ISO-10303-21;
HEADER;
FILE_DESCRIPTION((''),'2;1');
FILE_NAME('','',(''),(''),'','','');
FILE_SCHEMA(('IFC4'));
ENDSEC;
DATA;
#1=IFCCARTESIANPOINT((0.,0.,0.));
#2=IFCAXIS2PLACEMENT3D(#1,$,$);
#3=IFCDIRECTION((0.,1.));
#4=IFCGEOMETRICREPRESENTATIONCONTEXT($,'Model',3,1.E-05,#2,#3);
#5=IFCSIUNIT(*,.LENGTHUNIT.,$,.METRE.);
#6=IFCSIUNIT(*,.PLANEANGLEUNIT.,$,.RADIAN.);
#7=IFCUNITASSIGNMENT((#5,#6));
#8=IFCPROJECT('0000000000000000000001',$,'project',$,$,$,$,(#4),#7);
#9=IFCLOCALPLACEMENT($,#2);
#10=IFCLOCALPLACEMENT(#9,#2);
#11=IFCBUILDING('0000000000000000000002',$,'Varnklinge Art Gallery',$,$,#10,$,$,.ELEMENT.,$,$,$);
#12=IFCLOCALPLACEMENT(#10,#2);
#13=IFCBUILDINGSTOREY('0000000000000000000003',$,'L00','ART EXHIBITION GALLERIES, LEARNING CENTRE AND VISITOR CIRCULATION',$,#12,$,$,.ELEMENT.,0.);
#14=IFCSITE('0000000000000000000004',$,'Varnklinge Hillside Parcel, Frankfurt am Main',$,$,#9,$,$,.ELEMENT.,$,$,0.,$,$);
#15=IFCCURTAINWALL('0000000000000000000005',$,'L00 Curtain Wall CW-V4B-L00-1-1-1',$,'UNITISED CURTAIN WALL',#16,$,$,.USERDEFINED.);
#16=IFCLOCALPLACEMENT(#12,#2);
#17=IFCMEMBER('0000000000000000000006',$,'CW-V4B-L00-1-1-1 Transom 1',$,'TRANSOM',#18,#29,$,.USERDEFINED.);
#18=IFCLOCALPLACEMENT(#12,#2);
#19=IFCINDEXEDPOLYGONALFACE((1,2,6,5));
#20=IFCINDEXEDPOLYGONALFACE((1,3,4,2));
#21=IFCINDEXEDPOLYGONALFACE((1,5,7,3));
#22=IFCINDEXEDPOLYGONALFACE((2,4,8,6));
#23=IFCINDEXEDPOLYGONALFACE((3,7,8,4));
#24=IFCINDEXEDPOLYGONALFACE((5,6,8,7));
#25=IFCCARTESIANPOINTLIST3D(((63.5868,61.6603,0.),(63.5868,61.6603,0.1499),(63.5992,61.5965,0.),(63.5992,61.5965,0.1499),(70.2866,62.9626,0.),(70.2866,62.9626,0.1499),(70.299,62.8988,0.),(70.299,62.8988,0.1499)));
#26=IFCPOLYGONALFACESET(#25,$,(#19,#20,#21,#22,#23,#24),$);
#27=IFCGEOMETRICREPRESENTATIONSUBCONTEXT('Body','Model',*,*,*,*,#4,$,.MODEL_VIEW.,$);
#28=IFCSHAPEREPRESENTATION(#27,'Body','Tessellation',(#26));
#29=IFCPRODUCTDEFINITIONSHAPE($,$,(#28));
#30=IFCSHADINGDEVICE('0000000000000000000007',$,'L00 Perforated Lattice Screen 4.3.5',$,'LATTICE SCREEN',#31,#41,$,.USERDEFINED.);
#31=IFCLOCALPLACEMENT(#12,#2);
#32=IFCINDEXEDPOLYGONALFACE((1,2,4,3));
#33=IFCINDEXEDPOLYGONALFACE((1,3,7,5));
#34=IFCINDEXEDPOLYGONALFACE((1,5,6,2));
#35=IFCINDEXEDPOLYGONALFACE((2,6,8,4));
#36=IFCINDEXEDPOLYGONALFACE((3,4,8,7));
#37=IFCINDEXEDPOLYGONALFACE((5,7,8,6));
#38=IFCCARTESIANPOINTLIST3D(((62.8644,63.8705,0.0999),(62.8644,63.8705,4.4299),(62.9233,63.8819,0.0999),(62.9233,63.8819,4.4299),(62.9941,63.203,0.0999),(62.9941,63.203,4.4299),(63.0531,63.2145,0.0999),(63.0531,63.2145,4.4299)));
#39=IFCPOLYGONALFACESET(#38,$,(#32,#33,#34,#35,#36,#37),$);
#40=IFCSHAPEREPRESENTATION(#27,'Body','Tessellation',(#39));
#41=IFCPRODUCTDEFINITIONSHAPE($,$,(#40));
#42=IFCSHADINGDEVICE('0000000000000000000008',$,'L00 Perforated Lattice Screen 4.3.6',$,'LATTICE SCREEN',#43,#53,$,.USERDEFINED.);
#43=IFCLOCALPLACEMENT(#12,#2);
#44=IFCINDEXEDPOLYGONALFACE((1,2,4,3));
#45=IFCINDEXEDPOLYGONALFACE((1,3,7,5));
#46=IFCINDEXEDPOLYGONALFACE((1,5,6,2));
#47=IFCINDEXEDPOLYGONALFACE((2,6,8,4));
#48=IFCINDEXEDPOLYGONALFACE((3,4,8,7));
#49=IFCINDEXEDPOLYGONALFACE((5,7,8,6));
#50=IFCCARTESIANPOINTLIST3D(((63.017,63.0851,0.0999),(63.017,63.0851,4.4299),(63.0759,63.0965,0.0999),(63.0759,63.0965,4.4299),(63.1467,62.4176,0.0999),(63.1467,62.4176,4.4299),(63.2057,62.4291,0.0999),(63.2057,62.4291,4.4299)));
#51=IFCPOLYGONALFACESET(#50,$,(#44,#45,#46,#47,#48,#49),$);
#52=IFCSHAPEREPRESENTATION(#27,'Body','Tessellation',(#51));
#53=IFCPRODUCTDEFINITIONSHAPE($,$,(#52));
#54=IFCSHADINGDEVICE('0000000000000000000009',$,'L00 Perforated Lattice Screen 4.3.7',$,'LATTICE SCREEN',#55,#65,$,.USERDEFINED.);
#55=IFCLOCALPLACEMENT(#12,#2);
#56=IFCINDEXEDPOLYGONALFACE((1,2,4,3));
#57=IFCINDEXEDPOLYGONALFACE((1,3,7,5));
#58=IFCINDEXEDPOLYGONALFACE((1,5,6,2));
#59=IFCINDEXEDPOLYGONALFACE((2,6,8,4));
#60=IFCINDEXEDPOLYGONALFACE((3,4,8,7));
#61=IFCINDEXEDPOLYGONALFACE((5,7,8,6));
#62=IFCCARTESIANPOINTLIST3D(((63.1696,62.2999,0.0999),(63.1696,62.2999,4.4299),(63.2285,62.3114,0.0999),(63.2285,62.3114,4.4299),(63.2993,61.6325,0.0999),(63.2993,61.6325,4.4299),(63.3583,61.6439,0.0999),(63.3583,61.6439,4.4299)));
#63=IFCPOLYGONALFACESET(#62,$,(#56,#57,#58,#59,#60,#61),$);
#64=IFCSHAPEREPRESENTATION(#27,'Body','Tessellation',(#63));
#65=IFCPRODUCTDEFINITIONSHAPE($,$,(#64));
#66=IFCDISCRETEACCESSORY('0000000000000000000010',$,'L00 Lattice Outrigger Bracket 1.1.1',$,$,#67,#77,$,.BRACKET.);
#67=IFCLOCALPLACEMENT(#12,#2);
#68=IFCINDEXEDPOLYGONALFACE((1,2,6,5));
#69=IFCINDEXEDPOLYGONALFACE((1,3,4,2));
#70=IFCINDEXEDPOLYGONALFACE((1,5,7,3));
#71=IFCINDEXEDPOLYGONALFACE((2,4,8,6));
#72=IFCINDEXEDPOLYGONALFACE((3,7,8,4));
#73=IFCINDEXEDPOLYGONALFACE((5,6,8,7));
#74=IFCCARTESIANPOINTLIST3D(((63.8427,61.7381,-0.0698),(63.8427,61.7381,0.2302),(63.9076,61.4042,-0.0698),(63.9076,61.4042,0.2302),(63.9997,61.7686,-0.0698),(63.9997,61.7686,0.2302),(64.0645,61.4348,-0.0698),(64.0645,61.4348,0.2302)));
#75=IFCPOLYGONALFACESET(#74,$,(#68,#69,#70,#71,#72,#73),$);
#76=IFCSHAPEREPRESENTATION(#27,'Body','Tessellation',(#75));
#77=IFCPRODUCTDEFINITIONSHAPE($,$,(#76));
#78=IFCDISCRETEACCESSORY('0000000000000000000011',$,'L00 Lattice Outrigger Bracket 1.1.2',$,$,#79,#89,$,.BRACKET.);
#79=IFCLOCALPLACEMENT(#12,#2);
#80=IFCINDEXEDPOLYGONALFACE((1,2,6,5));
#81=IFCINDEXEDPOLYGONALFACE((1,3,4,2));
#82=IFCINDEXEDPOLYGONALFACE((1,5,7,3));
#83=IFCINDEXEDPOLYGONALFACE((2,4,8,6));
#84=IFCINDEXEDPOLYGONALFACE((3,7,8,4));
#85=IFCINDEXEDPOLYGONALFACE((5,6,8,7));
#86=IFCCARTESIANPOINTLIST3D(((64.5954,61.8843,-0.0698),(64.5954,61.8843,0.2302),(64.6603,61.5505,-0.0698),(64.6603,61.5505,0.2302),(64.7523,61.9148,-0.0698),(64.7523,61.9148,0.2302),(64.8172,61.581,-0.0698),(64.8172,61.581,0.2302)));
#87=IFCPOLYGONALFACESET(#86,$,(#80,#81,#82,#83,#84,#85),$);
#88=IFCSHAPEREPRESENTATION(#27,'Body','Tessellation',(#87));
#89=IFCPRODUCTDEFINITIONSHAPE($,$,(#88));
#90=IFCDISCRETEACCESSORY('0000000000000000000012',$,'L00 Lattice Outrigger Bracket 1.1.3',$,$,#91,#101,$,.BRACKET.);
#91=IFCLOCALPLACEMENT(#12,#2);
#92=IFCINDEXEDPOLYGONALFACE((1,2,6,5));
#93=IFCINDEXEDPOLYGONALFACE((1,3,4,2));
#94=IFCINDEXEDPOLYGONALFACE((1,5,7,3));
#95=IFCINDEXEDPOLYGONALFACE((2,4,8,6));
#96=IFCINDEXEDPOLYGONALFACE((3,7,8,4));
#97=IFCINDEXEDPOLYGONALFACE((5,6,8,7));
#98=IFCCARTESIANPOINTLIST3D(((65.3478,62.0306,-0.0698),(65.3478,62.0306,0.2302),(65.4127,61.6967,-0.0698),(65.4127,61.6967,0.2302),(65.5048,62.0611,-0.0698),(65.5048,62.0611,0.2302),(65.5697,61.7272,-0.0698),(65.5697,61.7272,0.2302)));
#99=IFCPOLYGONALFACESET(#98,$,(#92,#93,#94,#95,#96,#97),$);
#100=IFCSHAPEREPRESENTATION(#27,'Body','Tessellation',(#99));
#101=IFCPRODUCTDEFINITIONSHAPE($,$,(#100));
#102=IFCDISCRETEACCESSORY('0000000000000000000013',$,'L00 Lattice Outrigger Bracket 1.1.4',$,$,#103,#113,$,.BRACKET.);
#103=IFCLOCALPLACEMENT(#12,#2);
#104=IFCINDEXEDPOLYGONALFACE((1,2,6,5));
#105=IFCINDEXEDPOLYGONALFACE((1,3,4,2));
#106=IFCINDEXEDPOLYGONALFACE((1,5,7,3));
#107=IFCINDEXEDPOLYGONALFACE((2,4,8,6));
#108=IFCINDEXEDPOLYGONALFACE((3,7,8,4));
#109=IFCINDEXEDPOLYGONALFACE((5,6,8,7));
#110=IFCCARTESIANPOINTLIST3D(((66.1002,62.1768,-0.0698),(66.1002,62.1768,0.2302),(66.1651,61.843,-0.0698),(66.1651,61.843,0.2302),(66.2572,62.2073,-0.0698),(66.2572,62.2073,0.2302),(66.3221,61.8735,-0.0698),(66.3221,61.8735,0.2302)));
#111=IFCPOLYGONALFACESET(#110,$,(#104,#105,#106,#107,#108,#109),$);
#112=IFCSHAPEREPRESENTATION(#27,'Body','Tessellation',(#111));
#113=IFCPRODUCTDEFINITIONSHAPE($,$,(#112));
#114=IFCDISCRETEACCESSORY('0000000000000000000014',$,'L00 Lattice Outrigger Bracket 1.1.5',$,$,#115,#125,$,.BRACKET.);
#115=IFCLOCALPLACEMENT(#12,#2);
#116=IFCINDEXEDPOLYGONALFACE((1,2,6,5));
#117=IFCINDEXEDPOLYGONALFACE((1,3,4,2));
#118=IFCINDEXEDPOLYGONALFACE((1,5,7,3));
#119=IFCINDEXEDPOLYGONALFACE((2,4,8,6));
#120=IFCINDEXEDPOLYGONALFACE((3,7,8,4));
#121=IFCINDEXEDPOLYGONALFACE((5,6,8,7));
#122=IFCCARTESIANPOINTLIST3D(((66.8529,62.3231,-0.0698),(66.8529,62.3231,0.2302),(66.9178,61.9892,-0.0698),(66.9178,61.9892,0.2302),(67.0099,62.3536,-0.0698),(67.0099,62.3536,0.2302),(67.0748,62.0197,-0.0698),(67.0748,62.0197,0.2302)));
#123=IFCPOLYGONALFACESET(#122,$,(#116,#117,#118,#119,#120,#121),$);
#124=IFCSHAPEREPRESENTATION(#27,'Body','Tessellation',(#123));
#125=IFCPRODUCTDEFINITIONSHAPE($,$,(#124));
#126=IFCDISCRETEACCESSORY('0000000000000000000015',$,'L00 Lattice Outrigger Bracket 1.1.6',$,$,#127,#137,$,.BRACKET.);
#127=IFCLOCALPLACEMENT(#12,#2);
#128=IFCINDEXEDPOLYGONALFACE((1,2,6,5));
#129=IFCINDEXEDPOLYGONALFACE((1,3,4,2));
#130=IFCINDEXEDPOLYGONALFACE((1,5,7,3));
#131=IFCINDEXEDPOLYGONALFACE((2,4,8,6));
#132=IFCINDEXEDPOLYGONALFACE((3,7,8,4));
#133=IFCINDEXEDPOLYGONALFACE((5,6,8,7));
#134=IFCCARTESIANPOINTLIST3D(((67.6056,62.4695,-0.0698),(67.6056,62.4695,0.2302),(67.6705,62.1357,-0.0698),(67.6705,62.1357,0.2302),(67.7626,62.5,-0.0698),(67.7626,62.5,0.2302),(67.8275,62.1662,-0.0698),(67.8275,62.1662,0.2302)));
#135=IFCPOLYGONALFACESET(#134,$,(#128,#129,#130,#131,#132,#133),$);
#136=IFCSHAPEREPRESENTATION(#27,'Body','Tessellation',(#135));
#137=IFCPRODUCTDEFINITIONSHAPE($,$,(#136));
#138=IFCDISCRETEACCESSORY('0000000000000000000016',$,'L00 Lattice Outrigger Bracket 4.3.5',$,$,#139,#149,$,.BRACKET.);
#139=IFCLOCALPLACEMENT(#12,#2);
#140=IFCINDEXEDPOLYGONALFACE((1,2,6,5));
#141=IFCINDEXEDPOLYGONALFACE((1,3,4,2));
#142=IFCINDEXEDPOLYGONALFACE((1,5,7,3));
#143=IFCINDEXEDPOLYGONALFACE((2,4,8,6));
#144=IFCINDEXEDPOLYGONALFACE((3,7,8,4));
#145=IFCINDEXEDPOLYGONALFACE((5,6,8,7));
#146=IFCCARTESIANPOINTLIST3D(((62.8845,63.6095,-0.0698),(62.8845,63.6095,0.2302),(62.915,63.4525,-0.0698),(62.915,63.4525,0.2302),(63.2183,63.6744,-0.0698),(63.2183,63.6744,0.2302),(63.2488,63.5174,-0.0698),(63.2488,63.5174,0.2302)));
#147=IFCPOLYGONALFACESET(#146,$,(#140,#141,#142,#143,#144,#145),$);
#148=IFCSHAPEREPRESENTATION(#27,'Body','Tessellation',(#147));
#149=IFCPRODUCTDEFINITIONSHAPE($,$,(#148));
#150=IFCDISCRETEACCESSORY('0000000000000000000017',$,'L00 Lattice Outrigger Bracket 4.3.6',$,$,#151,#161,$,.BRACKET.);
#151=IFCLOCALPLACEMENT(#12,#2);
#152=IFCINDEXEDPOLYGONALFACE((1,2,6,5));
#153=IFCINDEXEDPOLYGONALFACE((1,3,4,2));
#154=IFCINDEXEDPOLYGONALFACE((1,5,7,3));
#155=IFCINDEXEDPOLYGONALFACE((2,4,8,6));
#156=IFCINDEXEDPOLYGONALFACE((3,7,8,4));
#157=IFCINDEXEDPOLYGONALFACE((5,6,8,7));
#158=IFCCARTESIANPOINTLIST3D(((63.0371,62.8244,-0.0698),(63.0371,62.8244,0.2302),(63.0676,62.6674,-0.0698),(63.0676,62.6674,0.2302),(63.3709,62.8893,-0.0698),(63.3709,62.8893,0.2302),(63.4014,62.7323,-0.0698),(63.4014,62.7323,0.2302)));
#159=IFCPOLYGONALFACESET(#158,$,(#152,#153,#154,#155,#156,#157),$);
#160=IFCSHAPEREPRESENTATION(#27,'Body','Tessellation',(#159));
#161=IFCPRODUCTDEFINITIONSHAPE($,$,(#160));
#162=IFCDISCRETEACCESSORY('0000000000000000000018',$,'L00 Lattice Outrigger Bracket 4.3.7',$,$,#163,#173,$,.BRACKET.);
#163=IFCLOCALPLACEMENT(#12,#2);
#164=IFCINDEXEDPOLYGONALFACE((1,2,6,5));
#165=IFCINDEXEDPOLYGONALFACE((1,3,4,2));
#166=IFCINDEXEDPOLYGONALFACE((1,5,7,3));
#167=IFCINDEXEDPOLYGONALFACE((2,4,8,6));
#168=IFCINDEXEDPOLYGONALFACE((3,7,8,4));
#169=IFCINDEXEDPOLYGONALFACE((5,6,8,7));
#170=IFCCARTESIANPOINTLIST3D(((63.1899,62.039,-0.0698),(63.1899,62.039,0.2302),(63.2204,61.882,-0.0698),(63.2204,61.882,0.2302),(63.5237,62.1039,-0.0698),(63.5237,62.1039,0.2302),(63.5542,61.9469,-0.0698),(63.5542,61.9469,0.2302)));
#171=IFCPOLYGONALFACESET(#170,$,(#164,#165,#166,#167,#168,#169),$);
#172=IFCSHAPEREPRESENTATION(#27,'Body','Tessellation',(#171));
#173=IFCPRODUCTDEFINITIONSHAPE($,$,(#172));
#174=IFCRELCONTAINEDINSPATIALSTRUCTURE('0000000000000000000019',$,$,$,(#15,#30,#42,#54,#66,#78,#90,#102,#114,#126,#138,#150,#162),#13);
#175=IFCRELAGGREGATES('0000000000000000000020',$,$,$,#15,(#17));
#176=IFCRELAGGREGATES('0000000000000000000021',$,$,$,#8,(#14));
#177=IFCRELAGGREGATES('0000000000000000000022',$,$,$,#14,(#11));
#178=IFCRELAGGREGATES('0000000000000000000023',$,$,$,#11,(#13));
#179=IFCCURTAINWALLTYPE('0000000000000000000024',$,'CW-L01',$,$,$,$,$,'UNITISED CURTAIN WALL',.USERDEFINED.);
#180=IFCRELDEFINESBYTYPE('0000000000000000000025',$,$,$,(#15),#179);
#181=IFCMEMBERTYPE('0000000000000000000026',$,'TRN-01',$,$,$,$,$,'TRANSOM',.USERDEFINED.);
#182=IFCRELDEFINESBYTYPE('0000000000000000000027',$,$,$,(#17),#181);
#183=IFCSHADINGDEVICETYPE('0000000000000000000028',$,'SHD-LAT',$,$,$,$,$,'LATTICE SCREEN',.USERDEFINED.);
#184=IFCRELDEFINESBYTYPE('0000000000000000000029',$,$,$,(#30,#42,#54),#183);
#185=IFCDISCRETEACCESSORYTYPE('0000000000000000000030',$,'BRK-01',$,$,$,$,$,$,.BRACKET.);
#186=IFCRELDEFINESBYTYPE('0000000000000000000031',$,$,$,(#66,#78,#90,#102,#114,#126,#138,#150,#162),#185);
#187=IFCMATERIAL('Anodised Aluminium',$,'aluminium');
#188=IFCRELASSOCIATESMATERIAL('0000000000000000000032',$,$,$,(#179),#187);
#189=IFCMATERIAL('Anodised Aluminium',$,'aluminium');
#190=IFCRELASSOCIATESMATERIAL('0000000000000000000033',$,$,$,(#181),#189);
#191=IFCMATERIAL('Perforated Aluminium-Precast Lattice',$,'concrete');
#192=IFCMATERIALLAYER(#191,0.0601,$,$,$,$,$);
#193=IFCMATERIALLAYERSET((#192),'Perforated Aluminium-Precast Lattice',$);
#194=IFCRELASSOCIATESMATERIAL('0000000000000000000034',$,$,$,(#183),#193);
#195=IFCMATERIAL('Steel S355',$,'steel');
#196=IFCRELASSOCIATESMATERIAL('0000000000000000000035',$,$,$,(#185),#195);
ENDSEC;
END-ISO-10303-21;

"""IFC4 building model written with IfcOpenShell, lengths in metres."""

from ifc_helpers import new_model, si_unit, direction, frame, origin, origin_2d, place, context, subcontext, project, spatial, rectangle, extrude, material, layer, layer_set, material_profile, profile_set, type_object, element, aggregate, save


model = new_model("IFC4")

# Units and contexts
model_context = context("Model", 3, precision=1e-05, world=origin(), true_north=direction((0.0, 1.0)))
body_context = subcontext(model_context, "Body", "Model", "MODEL_VIEW")
ifc_project = project(units=[si_unit("LENGTHUNIT", "METRE"), si_unit("PLANEANGLEUNIT", "RADIAN")], contexts=[model_context])

# Site, building, storey
site_placement = place(None, origin())
site = spatial("IfcSite", under=ifc_project, at=site_placement, Name="Varnklinge Hillside Parcel, Frankfurt am Main", CompositionType="ELEMENT", RefElevation=0.0)
building_placement = place(site_placement, origin())
building = spatial("IfcBuilding", under=site, at=building_placement, Name="Varnklinge Art Gallery", CompositionType="ELEMENT")
storey_placement = place(building_placement, origin())
storey = spatial("IfcBuildingStorey", under=building, at=storey_placement, Name="L00", Description="ART EXHIBITION GALLERIES, LEARNING CENTRE AND VISITOR CIRCULATION", CompositionType="ELEMENT", Elevation=0.0)

# Curtain wall
ifc_material_1 = material(Name="Anodised Aluminium", Category="aluminium")
curtain_wall_type_1 = type_object("IfcCurtainWallType", Name="CW-L01", ElementType="UNITISED CURTAIN WALL", PredefinedType="USERDEFINED", material=ifc_material_1)
curtain_wall_1_placement = place(storey_placement, origin())
curtain_wall_1 = element("IfcCurtainWall", 1, at=curtain_wall_1_placement, inside=storey, type_object=curtain_wall_type_1, Name="L00 Curtain Wall CW-V4B-L00-1-1-1", ObjectType="UNITISED CURTAIN WALL", PredefinedType="USERDEFINED")

# Member
ifc_material_2 = material(Name="Anodised Aluminium", Category="aluminium")
ifc_material_profile_1 = material_profile(ifc_material_2, rectangle(XDim=0.0649, YDim=0.1499, at=origin_2d()), Name="ALU 65x150")
ifc_profile_set_1 = profile_set([ifc_material_profile_1], Name="Anodised Aluminium")
member_type_1 = type_object("IfcMemberType", Name="TRN-01", ElementType="TRANSOM", PredefinedType="USERDEFINED", material=ifc_profile_set_1)
member_1_placement = place(storey_placement, frame((63.593, 61.6284, 0.075), z_axis=(0.981628, 0.190803, 0.0), x_axis=(-0.190803, 0.981628, 0.0)))
member_1 = element("IfcMember", 2, at=member_1_placement, type_object=member_type_1, Name="CW-V4B-L00-1-1-1 Transom 1", ObjectType="TRANSOM", PredefinedType="USERDEFINED", context=body_context, shape_type="SweptSolid", body=[
    extrude(rectangle(XDim=0.0649, YDim=0.1499, at=origin_2d()), origin(), (0.0, 0.0, 1.0), 6.8252),
])
aggregate(curtain_wall_1, [member_1])

# Shading devices
ifc_material_3 = material(Name="Perforated Aluminium-Precast Lattice", Category="concrete")
ifc_layer = layer(ifc_material_3, 0.0601)
ifc_layer_set = layer_set([ifc_layer], Name="Perforated Aluminium-Precast Lattice")
shading_device_type = type_object("IfcShadingDeviceType", Name="SHD-LAT", ElementType="LATTICE SCREEN", PredefinedType="USERDEFINED", material=ifc_layer_set)
for number, where, z_axis, x_axis, name in (
    (3, (62.9587, 63.5425, 0.0999), (0.0, 0.0, 1.0), (0.190809, -0.981627, 0.0), "L00 Perforated Lattice Screen 4.3.5"),
    (4, (63.1113, 62.7571, 0.0999), (0.0, 0.0, 1.0), (0.190809, -0.981627, 0.0), "L00 Perforated Lattice Screen 4.3.6"),
    (5, (63.2639, 61.9719, 0.0999), (0.0, 0.0, 1.0), (0.190809, -0.981627, 0.0), "L00 Perforated Lattice Screen 4.3.7"),
):
    element("IfcShadingDevice", number, at=place(storey_placement, frame(where, z_axis=z_axis, x_axis=x_axis)), inside=storey, type_object=shading_device_type, Name=name, ObjectType="LATTICE SCREEN", PredefinedType="USERDEFINED", context=body_context, shape_type="SweptSolid", body=[
        extrude(rectangle(XDim=0.6799, YDim=0.0601, at=origin_2d()), origin(), (0.0, 0.0, 1.0), 4.3301),
    ])

# Discrete accessories
ifc_material_4 = material(Name="Steel S355", Category="steel")
discrete_accessory_type = type_object("IfcDiscreteAccessoryType", Name="BRK-01", PredefinedType="BRACKET", material=ifc_material_4)
for number, where, z_axis, x_axis, name in (
    (6, (63.9536, 61.5864, -0.0698), (0.0, 0.0, 1.0), (0.981627, 0.190809, 0.0), "L00 Lattice Outrigger Bracket 1.1.1"),
    (7, (64.7063, 61.7327, -0.0698), (0.0, 0.0, 1.0), (0.981627, 0.190809, 0.0), "L00 Lattice Outrigger Bracket 1.1.2"),
    (8, (65.4587, 61.8789, -0.0698), (0.0, 0.0, 1.0), (0.981627, 0.190809, 0.0), "L00 Lattice Outrigger Bracket 1.1.3"),
    (9, (66.2112, 62.0251, -0.0698), (0.0, 0.0, 1.0), (0.981627, 0.190809, 0.0), "L00 Lattice Outrigger Bracket 1.1.4"),
    (10, (66.9639, 62.1714, -0.0698), (0.0, 0.0, 1.0), (0.981627, 0.190809, 0.0), "L00 Lattice Outrigger Bracket 1.1.5"),
    (11, (67.7166, 62.3179, -0.0698), (0.0, 0.0, 1.0), (0.981627, 0.190809, 0.0), "L00 Lattice Outrigger Bracket 1.1.6"),
    (12, (63.0667, 63.5635, -0.0698), (0.0, 0.0, 1.0), (0.190809, -0.981627, 0.0), "L00 Lattice Outrigger Bracket 4.3.5"),
    (13, (63.2192, 62.7783, -0.0698), (0.0, 0.0, 1.0), (0.190809, -0.981627, 0.0), "L00 Lattice Outrigger Bracket 4.3.6"),
    (14, (63.3721, 61.9929, -0.0698), (0.0, 0.0, 1.0), (0.190809, -0.981627, 0.0), "L00 Lattice Outrigger Bracket 4.3.7"),
):
    element("IfcDiscreteAccessory", number, at=place(storey_placement, frame(where, z_axis=z_axis, x_axis=x_axis)), inside=storey, type_object=discrete_accessory_type, Name=name, PredefinedType="BRACKET", context=body_context, shape_type="SweptSolid", body=[
        extrude(rectangle(XDim=0.1599, YDim=0.3401, at=origin_2d()), origin(), (0.0, 0.0, 1.0), 0.3),
    ])

save(model, "model.ifc")
